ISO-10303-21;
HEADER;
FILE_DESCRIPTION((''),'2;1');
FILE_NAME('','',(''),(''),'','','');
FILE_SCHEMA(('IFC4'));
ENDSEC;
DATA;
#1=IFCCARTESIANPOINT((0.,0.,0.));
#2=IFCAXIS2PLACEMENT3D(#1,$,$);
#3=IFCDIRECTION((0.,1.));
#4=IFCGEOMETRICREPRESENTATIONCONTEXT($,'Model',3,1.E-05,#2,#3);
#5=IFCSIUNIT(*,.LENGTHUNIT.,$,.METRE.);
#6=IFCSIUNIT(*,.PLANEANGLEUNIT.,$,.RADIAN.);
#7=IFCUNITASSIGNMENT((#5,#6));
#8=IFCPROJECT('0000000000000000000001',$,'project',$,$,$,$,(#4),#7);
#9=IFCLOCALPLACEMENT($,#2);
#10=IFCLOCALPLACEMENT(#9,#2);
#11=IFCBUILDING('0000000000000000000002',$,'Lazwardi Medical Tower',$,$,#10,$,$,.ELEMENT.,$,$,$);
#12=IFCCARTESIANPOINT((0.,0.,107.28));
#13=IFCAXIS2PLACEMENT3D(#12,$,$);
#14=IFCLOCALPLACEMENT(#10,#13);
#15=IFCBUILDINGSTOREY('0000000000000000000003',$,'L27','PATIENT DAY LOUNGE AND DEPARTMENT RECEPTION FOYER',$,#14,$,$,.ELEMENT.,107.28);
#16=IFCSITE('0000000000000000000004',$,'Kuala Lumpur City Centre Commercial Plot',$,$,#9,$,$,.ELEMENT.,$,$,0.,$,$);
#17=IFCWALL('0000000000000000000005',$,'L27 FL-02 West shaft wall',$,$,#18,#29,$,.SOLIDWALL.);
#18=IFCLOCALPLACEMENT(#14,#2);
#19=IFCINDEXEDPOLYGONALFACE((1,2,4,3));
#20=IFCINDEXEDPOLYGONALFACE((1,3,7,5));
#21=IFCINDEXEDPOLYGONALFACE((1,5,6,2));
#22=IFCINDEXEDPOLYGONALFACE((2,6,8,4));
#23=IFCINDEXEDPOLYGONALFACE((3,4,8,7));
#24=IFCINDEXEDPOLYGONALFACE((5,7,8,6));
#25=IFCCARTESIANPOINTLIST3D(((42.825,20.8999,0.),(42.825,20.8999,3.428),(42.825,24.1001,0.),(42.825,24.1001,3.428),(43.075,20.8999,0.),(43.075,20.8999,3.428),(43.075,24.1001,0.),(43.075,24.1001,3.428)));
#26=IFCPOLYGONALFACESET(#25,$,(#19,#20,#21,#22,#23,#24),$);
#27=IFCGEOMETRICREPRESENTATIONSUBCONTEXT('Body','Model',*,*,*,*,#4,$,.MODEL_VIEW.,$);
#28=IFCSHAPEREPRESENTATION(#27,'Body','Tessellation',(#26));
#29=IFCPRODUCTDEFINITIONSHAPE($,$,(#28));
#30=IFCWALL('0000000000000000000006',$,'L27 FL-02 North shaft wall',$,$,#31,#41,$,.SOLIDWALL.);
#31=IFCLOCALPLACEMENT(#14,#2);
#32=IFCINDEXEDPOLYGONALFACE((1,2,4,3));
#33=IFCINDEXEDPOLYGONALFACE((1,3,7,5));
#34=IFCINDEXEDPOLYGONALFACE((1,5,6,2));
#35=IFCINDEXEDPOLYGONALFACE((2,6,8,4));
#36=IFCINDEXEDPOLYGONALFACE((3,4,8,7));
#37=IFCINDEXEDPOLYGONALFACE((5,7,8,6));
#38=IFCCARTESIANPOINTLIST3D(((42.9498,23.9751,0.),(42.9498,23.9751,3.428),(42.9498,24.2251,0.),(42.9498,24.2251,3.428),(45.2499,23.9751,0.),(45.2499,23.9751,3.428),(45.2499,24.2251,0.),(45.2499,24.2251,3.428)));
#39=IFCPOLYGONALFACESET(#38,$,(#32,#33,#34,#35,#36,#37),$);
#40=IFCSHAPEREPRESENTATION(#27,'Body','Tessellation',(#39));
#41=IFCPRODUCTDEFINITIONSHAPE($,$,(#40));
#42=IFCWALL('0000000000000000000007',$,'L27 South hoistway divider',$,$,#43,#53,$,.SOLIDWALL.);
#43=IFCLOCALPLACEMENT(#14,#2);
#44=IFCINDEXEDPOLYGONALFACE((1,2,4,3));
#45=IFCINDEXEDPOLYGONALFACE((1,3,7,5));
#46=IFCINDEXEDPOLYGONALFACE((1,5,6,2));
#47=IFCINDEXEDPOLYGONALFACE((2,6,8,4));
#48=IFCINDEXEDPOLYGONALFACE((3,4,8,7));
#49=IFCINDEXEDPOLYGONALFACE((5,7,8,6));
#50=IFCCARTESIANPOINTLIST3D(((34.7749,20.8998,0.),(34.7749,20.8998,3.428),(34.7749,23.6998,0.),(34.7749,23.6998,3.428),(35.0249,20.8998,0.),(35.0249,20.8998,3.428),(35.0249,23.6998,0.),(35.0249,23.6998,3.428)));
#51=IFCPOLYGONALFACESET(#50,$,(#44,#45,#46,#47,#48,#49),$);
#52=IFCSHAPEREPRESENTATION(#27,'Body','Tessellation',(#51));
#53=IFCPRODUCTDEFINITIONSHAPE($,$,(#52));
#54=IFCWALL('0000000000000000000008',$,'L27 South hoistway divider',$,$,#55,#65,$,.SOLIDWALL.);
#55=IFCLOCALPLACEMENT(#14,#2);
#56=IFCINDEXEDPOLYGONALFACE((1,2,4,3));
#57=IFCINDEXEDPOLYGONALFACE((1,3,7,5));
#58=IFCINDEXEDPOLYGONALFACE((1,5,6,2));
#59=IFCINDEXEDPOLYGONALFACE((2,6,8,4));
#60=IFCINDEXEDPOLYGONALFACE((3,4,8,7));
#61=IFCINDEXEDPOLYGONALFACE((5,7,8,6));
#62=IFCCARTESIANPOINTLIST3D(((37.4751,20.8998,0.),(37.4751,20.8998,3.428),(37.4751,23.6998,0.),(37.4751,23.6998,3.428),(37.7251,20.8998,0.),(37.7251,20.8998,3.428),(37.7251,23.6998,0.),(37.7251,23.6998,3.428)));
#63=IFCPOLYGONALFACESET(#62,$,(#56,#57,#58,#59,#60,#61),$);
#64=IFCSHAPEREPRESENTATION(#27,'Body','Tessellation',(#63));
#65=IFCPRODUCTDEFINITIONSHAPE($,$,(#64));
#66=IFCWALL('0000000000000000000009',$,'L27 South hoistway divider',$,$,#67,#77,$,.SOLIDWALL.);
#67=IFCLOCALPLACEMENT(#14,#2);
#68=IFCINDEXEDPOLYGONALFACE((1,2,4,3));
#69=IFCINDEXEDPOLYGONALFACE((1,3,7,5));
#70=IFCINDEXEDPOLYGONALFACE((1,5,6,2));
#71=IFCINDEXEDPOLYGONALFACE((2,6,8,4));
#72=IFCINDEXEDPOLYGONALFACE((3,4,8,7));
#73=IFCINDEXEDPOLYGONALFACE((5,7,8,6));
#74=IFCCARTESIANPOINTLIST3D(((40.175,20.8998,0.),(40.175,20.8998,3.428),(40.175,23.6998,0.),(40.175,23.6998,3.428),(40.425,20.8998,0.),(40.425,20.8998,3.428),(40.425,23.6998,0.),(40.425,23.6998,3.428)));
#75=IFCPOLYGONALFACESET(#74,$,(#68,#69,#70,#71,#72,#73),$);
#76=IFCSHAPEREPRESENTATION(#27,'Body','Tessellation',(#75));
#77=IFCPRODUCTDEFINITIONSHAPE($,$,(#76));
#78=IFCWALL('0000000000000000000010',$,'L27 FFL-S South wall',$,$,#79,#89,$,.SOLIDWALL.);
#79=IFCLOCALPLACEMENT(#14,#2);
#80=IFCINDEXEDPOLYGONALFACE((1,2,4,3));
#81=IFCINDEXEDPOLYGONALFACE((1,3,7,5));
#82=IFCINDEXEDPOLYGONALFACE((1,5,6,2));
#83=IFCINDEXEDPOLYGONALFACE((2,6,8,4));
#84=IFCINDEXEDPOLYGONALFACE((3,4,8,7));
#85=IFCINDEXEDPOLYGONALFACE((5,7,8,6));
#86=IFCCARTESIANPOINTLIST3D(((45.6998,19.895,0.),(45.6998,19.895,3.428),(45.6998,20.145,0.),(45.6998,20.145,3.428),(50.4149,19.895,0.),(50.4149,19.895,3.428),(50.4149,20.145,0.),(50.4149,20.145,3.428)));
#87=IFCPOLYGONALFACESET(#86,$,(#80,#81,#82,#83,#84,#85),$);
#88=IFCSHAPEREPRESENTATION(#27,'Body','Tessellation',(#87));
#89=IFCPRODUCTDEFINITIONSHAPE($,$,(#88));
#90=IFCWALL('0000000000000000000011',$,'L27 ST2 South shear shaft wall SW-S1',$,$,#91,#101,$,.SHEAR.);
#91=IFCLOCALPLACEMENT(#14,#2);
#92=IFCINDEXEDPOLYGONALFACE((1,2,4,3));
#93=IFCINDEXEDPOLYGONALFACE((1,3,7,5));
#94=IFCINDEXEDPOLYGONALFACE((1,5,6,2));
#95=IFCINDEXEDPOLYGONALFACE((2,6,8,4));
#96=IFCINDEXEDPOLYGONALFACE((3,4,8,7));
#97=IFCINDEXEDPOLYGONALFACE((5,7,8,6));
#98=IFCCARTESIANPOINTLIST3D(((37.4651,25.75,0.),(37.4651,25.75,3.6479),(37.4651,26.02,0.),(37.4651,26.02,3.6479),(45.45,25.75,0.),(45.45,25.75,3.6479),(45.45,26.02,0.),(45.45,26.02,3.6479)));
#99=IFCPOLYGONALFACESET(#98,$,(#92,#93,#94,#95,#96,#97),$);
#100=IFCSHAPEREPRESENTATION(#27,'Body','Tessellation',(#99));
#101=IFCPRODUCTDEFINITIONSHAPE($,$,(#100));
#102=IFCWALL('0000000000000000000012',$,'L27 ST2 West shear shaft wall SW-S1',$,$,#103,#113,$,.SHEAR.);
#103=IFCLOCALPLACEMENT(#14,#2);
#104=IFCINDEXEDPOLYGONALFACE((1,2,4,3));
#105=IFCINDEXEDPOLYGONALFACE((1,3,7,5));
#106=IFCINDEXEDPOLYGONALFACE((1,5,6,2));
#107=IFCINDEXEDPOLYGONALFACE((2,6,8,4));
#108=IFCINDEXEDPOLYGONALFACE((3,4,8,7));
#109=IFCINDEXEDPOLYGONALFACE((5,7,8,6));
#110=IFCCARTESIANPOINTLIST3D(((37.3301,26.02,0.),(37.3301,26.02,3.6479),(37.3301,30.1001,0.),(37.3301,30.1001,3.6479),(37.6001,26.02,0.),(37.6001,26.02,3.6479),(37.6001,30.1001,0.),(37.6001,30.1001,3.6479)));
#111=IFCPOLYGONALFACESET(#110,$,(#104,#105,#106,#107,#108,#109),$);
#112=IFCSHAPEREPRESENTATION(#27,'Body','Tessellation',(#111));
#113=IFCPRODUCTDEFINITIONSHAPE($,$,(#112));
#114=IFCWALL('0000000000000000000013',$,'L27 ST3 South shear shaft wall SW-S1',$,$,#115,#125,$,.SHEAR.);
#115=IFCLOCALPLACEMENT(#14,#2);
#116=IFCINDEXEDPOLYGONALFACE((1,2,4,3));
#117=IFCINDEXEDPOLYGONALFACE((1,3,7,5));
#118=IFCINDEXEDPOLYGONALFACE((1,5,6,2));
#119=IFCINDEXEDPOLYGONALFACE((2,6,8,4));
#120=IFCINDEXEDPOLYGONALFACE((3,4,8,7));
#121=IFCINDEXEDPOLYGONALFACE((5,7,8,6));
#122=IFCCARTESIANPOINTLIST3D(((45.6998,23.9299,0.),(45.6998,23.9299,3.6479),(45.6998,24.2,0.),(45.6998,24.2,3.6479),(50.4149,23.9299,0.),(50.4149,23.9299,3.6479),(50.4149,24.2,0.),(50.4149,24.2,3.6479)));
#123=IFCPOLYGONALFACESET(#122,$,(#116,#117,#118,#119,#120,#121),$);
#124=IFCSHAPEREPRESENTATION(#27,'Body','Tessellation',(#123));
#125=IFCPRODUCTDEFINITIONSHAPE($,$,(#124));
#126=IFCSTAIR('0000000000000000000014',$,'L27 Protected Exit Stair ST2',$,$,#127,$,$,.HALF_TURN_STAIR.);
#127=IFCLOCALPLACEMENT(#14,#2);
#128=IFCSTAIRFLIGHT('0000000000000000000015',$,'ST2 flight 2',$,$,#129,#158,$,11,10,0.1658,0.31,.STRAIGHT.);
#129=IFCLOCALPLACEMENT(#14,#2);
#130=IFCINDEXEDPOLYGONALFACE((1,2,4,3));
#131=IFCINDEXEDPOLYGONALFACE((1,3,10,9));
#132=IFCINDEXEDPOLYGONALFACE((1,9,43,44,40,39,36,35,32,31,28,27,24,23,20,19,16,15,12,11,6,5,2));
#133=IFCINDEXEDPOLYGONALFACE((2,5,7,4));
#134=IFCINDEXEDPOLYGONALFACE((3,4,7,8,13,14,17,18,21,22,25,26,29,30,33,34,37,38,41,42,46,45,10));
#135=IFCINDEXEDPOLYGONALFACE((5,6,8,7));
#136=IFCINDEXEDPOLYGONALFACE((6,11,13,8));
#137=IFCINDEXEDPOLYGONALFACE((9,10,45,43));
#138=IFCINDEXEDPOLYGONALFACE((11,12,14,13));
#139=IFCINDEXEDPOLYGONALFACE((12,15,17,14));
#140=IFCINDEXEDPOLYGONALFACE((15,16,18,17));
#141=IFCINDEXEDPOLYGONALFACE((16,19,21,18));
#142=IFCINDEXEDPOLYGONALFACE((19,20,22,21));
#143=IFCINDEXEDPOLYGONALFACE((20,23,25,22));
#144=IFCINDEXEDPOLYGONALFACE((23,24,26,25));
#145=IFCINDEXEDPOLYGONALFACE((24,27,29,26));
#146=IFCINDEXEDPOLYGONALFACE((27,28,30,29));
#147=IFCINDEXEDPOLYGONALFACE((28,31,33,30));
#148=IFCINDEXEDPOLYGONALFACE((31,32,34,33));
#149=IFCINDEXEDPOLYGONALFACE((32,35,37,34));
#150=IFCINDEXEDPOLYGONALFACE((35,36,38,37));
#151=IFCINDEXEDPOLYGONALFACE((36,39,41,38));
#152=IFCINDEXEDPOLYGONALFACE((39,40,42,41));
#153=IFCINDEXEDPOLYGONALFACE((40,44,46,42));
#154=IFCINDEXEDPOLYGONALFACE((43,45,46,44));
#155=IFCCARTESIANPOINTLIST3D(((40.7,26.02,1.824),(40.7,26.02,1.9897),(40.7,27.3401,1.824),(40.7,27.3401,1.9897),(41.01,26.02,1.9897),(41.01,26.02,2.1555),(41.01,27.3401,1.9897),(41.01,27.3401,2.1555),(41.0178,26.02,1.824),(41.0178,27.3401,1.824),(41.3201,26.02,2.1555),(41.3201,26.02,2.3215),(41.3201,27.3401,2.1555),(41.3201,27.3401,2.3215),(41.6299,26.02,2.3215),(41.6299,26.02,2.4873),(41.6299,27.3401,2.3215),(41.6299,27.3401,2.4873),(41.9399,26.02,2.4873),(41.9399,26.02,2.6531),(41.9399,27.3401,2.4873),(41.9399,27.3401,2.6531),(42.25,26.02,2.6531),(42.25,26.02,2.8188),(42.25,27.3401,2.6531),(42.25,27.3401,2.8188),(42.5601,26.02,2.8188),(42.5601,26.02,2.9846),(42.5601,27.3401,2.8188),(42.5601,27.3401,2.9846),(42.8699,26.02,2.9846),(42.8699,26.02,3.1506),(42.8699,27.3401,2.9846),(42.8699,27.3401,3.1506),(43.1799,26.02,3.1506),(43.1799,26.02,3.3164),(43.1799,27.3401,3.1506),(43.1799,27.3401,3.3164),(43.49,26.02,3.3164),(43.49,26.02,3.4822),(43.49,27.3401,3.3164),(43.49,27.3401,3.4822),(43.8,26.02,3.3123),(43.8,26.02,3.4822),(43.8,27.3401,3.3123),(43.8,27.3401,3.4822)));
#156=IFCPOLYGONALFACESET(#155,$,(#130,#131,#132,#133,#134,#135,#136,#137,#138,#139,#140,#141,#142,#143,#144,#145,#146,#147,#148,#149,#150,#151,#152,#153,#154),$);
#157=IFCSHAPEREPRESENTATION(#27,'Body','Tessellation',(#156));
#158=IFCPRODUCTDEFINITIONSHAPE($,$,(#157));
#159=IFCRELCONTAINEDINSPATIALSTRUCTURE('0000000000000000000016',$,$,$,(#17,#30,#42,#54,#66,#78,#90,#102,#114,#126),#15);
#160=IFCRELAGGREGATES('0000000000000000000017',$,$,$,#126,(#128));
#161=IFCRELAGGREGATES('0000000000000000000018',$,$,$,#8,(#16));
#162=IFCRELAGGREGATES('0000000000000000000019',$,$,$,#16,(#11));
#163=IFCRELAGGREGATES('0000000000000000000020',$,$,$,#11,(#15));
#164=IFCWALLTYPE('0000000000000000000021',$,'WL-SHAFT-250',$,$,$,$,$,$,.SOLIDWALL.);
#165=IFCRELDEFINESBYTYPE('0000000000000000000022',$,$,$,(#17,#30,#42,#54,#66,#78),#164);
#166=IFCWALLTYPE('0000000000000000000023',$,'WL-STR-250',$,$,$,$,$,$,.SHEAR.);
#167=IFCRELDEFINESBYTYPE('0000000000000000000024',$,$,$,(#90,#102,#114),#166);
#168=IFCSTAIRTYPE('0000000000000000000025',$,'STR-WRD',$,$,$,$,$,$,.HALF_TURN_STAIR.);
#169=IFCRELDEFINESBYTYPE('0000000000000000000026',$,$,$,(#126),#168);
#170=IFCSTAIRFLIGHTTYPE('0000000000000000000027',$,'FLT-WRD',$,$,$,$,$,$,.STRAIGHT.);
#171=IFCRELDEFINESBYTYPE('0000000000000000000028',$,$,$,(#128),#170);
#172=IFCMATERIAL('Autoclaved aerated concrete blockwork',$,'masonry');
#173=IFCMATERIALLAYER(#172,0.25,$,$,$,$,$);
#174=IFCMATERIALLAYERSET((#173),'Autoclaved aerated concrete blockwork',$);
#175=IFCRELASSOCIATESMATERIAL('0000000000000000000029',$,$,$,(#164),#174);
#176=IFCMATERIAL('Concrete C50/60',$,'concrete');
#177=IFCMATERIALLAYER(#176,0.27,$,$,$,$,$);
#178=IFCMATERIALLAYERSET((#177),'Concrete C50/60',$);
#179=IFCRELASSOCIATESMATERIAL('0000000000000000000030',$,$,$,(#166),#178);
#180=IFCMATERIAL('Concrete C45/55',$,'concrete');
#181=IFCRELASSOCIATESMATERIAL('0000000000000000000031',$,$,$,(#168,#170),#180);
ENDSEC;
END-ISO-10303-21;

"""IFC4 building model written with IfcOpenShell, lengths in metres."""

from ifc_helpers import new_model, si_unit, direction, frame, frame_2d, origin, place, context, subcontext, project, spatial, polyline, rectangle, outline, extrude, material, layer, layer_set, type_object, element, aggregate, save


model = new_model("IFC4")

# Units and contexts
model_context = context("Model", 3, precision=1e-05, world=origin(), true_north=direction((0.0, 1.0)))
body_context = subcontext(model_context, "Body", "Model", "MODEL_VIEW")
ifc_project = project(units=[si_unit("LENGTHUNIT", "METRE"), si_unit("PLANEANGLEUNIT", "RADIAN")], contexts=[model_context])

# Site, building, storey
site_placement = place(None, origin())
site = spatial("IfcSite", under=ifc_project, at=site_placement, Name="Kuala Lumpur City Centre Commercial Plot", CompositionType="ELEMENT", RefElevation=0.0)
building_placement = place(site_placement, origin())
building = spatial("IfcBuilding", under=site, at=building_placement, Name="Lazwardi Medical Tower", CompositionType="ELEMENT")
storey_placement = place(building_placement, frame((0.0, 0.0, 107.28)))
storey = spatial("IfcBuildingStorey", under=building, at=storey_placement, Name="L27", Description="PATIENT DAY LOUNGE AND DEPARTMENT RECEPTION FOYER", CompositionType="ELEMENT", Elevation=107.28)

# Walls
ifc_material_1 = material(Name="Autoclaved aerated concrete blockwork", Category="masonry")
ifc_layer_1 = layer(ifc_material_1, 0.25)
ifc_layer_set_1 = layer_set([ifc_layer_1], Name="Autoclaved aerated concrete blockwork")
wall_type_1 = type_object("IfcWallType", Name="WL-SHAFT-250", PredefinedType="SOLIDWALL", material=ifc_layer_set_1)
wall_1_placement = place(storey_placement, frame((42.95, 20.8999, 0.0), z_axis=(0.0, 0.0, 1.0), x_axis=(0.0, 1.0, 0.0)))
element("IfcWall", 1, at=wall_1_placement, inside=storey, type_object=wall_type_1, Name="L27 FL-02 West shaft wall", PredefinedType="SOLIDWALL", context=body_context, shape_type="SweptSolid", body=[
    extrude(rectangle(XDim=3.2002, YDim=0.25, at=frame_2d((1.6001, 0.0))), origin(), (0.0, 0.0, 1.0), 3.428),
])
wall_2_placement = place(storey_placement, frame((42.95, 24.1001, 0.0), z_axis=(0.0, 0.0, 1.0), x_axis=(1.0, 0.0, 0.0)))
element("IfcWall", 2, at=wall_2_placement, inside=storey, type_object=wall_type_1, Name="L27 FL-02 North shaft wall", PredefinedType="SOLIDWALL", context=body_context, shape_type="SweptSolid", body=[
    extrude(rectangle(XDim=2.3, YDim=0.25, at=frame_2d((1.1499, 0.0))), origin(), (0.0, 0.0, 1.0), 3.428),
])
for number, where, z_axis, x_axis, name in (
    (3, (34.8999, 20.8999, 0.0), (0.0, 0.0, 1.0), (0.0, 1.0, 0.0), "L27 South hoistway divider"),
    (4, (37.6001, 20.8999, 0.0), (0.0, 0.0, 1.0), (0.0, 1.0, 0.0), "L27 South hoistway divider"),
    (5, (40.3, 20.8999, 0.0), (0.0, 0.0, 1.0), (0.0, 1.0, 0.0), "L27 South hoistway divider"),
):
    element("IfcWall", number, at=place(storey_placement, frame(where, z_axis=z_axis, x_axis=x_axis)), inside=storey, type_object=wall_type_1, Name=name, PredefinedType="SOLIDWALL", context=body_context, shape_type="SweptSolid", body=[
        extrude(rectangle(XDim=2.8, YDim=0.25, at=frame_2d((1.3999, 0.0))), origin(), (0.0, 0.0, 1.0), 3.428),
    ])
wall_3_placement = place(storey_placement, frame((45.7, 20.02, 0.0), z_axis=(0.0, 0.0, 1.0), x_axis=(1.0, 0.0, 0.0)))
element("IfcWall", 6, at=wall_3_placement, inside=storey, type_object=wall_type_1, Name="L27 FFL-S South wall", PredefinedType="SOLIDWALL", context=body_context, shape_type="SweptSolid", body=[
    extrude(rectangle(XDim=4.7151, YDim=0.25, at=frame_2d((2.3574, 0.0))), origin(), (0.0, 0.0, 1.0), 3.428),
])
ifc_material_2 = material(Name="Concrete C50/60", Category="concrete")
ifc_layer_2 = layer(ifc_material_2, 0.27)
ifc_layer_set_2 = layer_set([ifc_layer_2], Name="Concrete C50/60")
wall_type_2 = type_object("IfcWallType", Name="WL-STR-250", PredefinedType="SHEAR", material=ifc_layer_set_2)
wall_4_placement = place(storey_placement, frame((37.4651, 25.885, 0.0), z_axis=(0.0, 0.0, 1.0), x_axis=(1.0, 0.0, 0.0)))
element("IfcWall", 7, at=wall_4_placement, inside=storey, type_object=wall_type_2, Name="L27 ST2 South shear shaft wall SW-S1", PredefinedType="SHEAR", context=body_context, shape_type="SweptSolid", body=[
    extrude(rectangle(XDim=7.9849, YDim=0.27, at=frame_2d((3.9924, 0.0))), origin(), (0.0, 0.0, 1.0), 3.6479),
])
wall_5_placement = place(storey_placement, frame((37.4651, 26.02, 0.0), z_axis=(0.0, 0.0, 1.0), x_axis=(0.0, 1.0, 0.0)))
element("IfcWall", 8, at=wall_5_placement, inside=storey, type_object=wall_type_2, Name="L27 ST2 West shear shaft wall SW-S1", PredefinedType="SHEAR", context=body_context, shape_type="SweptSolid", body=[
    extrude(rectangle(XDim=4.0801, YDim=0.27, at=frame_2d((2.04, 0.0))), origin(), (0.0, 0.0, 1.0), 3.6479),
])
wall_6_placement = place(storey_placement, frame((45.7, 24.0649, 0.0), z_axis=(0.0, 0.0, 1.0), x_axis=(1.0, 0.0, 0.0)))
element("IfcWall", 9, at=wall_6_placement, inside=storey, type_object=wall_type_2, Name="L27 ST3 South shear shaft wall SW-S1", PredefinedType="SHEAR", context=body_context, shape_type="SweptSolid", body=[
    extrude(rectangle(XDim=4.7151, YDim=0.27, at=frame_2d((2.3574, 0.0))), origin(), (0.0, 0.0, 1.0), 3.6479),
])

# Stair, stair flight
ifc_material_3 = material(Name="Concrete C45/55", Category="concrete")
stair_type = type_object("IfcStairType", Name="STR-WRD", PredefinedType="HALF_TURN_STAIR", material=ifc_material_3)
stair_placement = place(storey_placement, origin())
stair = element("IfcStair", 10, at=stair_placement, inside=storey, type_object=stair_type, Name="L27 Protected Exit Stair ST2", PredefinedType="HALF_TURN_STAIR")
stair_flight_type = type_object("IfcStairFlightType", Name="FLT-WRD", PredefinedType="STRAIGHT", material=ifc_material_3)
stair_flight_placement = place(storey_placement, frame((40.7, 26.6799, 1.824), z_axis=(0.0, 0.0, 1.0), x_axis=(1.0, 0.0, 0.0)))
stair_flight = element("IfcStairFlight", 11, at=stair_flight_placement, type_object=stair_flight_type, Name="ST2 flight 2", NumberOfRisers=11, NumberOfTreads=10, PredefinedType="STRAIGHT", RiserHeight=0.1658, TreadLength=0.31, context=body_context, shape_type="SweptSolid", body=[
    extrude(outline(polyline([(0.0, 0.0), (0.0, 0.1658), (0.3101, 0.1658), (0.3101, 0.3315), (0.6201, 0.3315), (0.6201, 0.4976), (0.9299, 0.4976), (0.9299, 0.6633), (1.24, 0.6633), (1.24, 0.8291), (1.55, 0.8291), (1.55, 0.9949), (1.8601, 0.9949), (1.8601, 1.1606), (2.1699, 1.1606), (2.1699, 1.3267), (2.48, 1.3267), (2.48, 1.4924), (2.79, 1.4924), (2.79, 1.6582), (3.1001, 1.6582), (3.1001, 1.824), (3.1001, 1.4883), (0.3179, 0.0), (0.0, 0.0)])), frame((0.0, 0.6602, 0.0), z_axis=(0.0, -1.0, 0.0), x_axis=(1.0, 0.0, 0.0)), (0.0, 0.0, 1.0), 1.3201),
])
aggregate(stair, [stair_flight])

save(model, "model.ifc")
